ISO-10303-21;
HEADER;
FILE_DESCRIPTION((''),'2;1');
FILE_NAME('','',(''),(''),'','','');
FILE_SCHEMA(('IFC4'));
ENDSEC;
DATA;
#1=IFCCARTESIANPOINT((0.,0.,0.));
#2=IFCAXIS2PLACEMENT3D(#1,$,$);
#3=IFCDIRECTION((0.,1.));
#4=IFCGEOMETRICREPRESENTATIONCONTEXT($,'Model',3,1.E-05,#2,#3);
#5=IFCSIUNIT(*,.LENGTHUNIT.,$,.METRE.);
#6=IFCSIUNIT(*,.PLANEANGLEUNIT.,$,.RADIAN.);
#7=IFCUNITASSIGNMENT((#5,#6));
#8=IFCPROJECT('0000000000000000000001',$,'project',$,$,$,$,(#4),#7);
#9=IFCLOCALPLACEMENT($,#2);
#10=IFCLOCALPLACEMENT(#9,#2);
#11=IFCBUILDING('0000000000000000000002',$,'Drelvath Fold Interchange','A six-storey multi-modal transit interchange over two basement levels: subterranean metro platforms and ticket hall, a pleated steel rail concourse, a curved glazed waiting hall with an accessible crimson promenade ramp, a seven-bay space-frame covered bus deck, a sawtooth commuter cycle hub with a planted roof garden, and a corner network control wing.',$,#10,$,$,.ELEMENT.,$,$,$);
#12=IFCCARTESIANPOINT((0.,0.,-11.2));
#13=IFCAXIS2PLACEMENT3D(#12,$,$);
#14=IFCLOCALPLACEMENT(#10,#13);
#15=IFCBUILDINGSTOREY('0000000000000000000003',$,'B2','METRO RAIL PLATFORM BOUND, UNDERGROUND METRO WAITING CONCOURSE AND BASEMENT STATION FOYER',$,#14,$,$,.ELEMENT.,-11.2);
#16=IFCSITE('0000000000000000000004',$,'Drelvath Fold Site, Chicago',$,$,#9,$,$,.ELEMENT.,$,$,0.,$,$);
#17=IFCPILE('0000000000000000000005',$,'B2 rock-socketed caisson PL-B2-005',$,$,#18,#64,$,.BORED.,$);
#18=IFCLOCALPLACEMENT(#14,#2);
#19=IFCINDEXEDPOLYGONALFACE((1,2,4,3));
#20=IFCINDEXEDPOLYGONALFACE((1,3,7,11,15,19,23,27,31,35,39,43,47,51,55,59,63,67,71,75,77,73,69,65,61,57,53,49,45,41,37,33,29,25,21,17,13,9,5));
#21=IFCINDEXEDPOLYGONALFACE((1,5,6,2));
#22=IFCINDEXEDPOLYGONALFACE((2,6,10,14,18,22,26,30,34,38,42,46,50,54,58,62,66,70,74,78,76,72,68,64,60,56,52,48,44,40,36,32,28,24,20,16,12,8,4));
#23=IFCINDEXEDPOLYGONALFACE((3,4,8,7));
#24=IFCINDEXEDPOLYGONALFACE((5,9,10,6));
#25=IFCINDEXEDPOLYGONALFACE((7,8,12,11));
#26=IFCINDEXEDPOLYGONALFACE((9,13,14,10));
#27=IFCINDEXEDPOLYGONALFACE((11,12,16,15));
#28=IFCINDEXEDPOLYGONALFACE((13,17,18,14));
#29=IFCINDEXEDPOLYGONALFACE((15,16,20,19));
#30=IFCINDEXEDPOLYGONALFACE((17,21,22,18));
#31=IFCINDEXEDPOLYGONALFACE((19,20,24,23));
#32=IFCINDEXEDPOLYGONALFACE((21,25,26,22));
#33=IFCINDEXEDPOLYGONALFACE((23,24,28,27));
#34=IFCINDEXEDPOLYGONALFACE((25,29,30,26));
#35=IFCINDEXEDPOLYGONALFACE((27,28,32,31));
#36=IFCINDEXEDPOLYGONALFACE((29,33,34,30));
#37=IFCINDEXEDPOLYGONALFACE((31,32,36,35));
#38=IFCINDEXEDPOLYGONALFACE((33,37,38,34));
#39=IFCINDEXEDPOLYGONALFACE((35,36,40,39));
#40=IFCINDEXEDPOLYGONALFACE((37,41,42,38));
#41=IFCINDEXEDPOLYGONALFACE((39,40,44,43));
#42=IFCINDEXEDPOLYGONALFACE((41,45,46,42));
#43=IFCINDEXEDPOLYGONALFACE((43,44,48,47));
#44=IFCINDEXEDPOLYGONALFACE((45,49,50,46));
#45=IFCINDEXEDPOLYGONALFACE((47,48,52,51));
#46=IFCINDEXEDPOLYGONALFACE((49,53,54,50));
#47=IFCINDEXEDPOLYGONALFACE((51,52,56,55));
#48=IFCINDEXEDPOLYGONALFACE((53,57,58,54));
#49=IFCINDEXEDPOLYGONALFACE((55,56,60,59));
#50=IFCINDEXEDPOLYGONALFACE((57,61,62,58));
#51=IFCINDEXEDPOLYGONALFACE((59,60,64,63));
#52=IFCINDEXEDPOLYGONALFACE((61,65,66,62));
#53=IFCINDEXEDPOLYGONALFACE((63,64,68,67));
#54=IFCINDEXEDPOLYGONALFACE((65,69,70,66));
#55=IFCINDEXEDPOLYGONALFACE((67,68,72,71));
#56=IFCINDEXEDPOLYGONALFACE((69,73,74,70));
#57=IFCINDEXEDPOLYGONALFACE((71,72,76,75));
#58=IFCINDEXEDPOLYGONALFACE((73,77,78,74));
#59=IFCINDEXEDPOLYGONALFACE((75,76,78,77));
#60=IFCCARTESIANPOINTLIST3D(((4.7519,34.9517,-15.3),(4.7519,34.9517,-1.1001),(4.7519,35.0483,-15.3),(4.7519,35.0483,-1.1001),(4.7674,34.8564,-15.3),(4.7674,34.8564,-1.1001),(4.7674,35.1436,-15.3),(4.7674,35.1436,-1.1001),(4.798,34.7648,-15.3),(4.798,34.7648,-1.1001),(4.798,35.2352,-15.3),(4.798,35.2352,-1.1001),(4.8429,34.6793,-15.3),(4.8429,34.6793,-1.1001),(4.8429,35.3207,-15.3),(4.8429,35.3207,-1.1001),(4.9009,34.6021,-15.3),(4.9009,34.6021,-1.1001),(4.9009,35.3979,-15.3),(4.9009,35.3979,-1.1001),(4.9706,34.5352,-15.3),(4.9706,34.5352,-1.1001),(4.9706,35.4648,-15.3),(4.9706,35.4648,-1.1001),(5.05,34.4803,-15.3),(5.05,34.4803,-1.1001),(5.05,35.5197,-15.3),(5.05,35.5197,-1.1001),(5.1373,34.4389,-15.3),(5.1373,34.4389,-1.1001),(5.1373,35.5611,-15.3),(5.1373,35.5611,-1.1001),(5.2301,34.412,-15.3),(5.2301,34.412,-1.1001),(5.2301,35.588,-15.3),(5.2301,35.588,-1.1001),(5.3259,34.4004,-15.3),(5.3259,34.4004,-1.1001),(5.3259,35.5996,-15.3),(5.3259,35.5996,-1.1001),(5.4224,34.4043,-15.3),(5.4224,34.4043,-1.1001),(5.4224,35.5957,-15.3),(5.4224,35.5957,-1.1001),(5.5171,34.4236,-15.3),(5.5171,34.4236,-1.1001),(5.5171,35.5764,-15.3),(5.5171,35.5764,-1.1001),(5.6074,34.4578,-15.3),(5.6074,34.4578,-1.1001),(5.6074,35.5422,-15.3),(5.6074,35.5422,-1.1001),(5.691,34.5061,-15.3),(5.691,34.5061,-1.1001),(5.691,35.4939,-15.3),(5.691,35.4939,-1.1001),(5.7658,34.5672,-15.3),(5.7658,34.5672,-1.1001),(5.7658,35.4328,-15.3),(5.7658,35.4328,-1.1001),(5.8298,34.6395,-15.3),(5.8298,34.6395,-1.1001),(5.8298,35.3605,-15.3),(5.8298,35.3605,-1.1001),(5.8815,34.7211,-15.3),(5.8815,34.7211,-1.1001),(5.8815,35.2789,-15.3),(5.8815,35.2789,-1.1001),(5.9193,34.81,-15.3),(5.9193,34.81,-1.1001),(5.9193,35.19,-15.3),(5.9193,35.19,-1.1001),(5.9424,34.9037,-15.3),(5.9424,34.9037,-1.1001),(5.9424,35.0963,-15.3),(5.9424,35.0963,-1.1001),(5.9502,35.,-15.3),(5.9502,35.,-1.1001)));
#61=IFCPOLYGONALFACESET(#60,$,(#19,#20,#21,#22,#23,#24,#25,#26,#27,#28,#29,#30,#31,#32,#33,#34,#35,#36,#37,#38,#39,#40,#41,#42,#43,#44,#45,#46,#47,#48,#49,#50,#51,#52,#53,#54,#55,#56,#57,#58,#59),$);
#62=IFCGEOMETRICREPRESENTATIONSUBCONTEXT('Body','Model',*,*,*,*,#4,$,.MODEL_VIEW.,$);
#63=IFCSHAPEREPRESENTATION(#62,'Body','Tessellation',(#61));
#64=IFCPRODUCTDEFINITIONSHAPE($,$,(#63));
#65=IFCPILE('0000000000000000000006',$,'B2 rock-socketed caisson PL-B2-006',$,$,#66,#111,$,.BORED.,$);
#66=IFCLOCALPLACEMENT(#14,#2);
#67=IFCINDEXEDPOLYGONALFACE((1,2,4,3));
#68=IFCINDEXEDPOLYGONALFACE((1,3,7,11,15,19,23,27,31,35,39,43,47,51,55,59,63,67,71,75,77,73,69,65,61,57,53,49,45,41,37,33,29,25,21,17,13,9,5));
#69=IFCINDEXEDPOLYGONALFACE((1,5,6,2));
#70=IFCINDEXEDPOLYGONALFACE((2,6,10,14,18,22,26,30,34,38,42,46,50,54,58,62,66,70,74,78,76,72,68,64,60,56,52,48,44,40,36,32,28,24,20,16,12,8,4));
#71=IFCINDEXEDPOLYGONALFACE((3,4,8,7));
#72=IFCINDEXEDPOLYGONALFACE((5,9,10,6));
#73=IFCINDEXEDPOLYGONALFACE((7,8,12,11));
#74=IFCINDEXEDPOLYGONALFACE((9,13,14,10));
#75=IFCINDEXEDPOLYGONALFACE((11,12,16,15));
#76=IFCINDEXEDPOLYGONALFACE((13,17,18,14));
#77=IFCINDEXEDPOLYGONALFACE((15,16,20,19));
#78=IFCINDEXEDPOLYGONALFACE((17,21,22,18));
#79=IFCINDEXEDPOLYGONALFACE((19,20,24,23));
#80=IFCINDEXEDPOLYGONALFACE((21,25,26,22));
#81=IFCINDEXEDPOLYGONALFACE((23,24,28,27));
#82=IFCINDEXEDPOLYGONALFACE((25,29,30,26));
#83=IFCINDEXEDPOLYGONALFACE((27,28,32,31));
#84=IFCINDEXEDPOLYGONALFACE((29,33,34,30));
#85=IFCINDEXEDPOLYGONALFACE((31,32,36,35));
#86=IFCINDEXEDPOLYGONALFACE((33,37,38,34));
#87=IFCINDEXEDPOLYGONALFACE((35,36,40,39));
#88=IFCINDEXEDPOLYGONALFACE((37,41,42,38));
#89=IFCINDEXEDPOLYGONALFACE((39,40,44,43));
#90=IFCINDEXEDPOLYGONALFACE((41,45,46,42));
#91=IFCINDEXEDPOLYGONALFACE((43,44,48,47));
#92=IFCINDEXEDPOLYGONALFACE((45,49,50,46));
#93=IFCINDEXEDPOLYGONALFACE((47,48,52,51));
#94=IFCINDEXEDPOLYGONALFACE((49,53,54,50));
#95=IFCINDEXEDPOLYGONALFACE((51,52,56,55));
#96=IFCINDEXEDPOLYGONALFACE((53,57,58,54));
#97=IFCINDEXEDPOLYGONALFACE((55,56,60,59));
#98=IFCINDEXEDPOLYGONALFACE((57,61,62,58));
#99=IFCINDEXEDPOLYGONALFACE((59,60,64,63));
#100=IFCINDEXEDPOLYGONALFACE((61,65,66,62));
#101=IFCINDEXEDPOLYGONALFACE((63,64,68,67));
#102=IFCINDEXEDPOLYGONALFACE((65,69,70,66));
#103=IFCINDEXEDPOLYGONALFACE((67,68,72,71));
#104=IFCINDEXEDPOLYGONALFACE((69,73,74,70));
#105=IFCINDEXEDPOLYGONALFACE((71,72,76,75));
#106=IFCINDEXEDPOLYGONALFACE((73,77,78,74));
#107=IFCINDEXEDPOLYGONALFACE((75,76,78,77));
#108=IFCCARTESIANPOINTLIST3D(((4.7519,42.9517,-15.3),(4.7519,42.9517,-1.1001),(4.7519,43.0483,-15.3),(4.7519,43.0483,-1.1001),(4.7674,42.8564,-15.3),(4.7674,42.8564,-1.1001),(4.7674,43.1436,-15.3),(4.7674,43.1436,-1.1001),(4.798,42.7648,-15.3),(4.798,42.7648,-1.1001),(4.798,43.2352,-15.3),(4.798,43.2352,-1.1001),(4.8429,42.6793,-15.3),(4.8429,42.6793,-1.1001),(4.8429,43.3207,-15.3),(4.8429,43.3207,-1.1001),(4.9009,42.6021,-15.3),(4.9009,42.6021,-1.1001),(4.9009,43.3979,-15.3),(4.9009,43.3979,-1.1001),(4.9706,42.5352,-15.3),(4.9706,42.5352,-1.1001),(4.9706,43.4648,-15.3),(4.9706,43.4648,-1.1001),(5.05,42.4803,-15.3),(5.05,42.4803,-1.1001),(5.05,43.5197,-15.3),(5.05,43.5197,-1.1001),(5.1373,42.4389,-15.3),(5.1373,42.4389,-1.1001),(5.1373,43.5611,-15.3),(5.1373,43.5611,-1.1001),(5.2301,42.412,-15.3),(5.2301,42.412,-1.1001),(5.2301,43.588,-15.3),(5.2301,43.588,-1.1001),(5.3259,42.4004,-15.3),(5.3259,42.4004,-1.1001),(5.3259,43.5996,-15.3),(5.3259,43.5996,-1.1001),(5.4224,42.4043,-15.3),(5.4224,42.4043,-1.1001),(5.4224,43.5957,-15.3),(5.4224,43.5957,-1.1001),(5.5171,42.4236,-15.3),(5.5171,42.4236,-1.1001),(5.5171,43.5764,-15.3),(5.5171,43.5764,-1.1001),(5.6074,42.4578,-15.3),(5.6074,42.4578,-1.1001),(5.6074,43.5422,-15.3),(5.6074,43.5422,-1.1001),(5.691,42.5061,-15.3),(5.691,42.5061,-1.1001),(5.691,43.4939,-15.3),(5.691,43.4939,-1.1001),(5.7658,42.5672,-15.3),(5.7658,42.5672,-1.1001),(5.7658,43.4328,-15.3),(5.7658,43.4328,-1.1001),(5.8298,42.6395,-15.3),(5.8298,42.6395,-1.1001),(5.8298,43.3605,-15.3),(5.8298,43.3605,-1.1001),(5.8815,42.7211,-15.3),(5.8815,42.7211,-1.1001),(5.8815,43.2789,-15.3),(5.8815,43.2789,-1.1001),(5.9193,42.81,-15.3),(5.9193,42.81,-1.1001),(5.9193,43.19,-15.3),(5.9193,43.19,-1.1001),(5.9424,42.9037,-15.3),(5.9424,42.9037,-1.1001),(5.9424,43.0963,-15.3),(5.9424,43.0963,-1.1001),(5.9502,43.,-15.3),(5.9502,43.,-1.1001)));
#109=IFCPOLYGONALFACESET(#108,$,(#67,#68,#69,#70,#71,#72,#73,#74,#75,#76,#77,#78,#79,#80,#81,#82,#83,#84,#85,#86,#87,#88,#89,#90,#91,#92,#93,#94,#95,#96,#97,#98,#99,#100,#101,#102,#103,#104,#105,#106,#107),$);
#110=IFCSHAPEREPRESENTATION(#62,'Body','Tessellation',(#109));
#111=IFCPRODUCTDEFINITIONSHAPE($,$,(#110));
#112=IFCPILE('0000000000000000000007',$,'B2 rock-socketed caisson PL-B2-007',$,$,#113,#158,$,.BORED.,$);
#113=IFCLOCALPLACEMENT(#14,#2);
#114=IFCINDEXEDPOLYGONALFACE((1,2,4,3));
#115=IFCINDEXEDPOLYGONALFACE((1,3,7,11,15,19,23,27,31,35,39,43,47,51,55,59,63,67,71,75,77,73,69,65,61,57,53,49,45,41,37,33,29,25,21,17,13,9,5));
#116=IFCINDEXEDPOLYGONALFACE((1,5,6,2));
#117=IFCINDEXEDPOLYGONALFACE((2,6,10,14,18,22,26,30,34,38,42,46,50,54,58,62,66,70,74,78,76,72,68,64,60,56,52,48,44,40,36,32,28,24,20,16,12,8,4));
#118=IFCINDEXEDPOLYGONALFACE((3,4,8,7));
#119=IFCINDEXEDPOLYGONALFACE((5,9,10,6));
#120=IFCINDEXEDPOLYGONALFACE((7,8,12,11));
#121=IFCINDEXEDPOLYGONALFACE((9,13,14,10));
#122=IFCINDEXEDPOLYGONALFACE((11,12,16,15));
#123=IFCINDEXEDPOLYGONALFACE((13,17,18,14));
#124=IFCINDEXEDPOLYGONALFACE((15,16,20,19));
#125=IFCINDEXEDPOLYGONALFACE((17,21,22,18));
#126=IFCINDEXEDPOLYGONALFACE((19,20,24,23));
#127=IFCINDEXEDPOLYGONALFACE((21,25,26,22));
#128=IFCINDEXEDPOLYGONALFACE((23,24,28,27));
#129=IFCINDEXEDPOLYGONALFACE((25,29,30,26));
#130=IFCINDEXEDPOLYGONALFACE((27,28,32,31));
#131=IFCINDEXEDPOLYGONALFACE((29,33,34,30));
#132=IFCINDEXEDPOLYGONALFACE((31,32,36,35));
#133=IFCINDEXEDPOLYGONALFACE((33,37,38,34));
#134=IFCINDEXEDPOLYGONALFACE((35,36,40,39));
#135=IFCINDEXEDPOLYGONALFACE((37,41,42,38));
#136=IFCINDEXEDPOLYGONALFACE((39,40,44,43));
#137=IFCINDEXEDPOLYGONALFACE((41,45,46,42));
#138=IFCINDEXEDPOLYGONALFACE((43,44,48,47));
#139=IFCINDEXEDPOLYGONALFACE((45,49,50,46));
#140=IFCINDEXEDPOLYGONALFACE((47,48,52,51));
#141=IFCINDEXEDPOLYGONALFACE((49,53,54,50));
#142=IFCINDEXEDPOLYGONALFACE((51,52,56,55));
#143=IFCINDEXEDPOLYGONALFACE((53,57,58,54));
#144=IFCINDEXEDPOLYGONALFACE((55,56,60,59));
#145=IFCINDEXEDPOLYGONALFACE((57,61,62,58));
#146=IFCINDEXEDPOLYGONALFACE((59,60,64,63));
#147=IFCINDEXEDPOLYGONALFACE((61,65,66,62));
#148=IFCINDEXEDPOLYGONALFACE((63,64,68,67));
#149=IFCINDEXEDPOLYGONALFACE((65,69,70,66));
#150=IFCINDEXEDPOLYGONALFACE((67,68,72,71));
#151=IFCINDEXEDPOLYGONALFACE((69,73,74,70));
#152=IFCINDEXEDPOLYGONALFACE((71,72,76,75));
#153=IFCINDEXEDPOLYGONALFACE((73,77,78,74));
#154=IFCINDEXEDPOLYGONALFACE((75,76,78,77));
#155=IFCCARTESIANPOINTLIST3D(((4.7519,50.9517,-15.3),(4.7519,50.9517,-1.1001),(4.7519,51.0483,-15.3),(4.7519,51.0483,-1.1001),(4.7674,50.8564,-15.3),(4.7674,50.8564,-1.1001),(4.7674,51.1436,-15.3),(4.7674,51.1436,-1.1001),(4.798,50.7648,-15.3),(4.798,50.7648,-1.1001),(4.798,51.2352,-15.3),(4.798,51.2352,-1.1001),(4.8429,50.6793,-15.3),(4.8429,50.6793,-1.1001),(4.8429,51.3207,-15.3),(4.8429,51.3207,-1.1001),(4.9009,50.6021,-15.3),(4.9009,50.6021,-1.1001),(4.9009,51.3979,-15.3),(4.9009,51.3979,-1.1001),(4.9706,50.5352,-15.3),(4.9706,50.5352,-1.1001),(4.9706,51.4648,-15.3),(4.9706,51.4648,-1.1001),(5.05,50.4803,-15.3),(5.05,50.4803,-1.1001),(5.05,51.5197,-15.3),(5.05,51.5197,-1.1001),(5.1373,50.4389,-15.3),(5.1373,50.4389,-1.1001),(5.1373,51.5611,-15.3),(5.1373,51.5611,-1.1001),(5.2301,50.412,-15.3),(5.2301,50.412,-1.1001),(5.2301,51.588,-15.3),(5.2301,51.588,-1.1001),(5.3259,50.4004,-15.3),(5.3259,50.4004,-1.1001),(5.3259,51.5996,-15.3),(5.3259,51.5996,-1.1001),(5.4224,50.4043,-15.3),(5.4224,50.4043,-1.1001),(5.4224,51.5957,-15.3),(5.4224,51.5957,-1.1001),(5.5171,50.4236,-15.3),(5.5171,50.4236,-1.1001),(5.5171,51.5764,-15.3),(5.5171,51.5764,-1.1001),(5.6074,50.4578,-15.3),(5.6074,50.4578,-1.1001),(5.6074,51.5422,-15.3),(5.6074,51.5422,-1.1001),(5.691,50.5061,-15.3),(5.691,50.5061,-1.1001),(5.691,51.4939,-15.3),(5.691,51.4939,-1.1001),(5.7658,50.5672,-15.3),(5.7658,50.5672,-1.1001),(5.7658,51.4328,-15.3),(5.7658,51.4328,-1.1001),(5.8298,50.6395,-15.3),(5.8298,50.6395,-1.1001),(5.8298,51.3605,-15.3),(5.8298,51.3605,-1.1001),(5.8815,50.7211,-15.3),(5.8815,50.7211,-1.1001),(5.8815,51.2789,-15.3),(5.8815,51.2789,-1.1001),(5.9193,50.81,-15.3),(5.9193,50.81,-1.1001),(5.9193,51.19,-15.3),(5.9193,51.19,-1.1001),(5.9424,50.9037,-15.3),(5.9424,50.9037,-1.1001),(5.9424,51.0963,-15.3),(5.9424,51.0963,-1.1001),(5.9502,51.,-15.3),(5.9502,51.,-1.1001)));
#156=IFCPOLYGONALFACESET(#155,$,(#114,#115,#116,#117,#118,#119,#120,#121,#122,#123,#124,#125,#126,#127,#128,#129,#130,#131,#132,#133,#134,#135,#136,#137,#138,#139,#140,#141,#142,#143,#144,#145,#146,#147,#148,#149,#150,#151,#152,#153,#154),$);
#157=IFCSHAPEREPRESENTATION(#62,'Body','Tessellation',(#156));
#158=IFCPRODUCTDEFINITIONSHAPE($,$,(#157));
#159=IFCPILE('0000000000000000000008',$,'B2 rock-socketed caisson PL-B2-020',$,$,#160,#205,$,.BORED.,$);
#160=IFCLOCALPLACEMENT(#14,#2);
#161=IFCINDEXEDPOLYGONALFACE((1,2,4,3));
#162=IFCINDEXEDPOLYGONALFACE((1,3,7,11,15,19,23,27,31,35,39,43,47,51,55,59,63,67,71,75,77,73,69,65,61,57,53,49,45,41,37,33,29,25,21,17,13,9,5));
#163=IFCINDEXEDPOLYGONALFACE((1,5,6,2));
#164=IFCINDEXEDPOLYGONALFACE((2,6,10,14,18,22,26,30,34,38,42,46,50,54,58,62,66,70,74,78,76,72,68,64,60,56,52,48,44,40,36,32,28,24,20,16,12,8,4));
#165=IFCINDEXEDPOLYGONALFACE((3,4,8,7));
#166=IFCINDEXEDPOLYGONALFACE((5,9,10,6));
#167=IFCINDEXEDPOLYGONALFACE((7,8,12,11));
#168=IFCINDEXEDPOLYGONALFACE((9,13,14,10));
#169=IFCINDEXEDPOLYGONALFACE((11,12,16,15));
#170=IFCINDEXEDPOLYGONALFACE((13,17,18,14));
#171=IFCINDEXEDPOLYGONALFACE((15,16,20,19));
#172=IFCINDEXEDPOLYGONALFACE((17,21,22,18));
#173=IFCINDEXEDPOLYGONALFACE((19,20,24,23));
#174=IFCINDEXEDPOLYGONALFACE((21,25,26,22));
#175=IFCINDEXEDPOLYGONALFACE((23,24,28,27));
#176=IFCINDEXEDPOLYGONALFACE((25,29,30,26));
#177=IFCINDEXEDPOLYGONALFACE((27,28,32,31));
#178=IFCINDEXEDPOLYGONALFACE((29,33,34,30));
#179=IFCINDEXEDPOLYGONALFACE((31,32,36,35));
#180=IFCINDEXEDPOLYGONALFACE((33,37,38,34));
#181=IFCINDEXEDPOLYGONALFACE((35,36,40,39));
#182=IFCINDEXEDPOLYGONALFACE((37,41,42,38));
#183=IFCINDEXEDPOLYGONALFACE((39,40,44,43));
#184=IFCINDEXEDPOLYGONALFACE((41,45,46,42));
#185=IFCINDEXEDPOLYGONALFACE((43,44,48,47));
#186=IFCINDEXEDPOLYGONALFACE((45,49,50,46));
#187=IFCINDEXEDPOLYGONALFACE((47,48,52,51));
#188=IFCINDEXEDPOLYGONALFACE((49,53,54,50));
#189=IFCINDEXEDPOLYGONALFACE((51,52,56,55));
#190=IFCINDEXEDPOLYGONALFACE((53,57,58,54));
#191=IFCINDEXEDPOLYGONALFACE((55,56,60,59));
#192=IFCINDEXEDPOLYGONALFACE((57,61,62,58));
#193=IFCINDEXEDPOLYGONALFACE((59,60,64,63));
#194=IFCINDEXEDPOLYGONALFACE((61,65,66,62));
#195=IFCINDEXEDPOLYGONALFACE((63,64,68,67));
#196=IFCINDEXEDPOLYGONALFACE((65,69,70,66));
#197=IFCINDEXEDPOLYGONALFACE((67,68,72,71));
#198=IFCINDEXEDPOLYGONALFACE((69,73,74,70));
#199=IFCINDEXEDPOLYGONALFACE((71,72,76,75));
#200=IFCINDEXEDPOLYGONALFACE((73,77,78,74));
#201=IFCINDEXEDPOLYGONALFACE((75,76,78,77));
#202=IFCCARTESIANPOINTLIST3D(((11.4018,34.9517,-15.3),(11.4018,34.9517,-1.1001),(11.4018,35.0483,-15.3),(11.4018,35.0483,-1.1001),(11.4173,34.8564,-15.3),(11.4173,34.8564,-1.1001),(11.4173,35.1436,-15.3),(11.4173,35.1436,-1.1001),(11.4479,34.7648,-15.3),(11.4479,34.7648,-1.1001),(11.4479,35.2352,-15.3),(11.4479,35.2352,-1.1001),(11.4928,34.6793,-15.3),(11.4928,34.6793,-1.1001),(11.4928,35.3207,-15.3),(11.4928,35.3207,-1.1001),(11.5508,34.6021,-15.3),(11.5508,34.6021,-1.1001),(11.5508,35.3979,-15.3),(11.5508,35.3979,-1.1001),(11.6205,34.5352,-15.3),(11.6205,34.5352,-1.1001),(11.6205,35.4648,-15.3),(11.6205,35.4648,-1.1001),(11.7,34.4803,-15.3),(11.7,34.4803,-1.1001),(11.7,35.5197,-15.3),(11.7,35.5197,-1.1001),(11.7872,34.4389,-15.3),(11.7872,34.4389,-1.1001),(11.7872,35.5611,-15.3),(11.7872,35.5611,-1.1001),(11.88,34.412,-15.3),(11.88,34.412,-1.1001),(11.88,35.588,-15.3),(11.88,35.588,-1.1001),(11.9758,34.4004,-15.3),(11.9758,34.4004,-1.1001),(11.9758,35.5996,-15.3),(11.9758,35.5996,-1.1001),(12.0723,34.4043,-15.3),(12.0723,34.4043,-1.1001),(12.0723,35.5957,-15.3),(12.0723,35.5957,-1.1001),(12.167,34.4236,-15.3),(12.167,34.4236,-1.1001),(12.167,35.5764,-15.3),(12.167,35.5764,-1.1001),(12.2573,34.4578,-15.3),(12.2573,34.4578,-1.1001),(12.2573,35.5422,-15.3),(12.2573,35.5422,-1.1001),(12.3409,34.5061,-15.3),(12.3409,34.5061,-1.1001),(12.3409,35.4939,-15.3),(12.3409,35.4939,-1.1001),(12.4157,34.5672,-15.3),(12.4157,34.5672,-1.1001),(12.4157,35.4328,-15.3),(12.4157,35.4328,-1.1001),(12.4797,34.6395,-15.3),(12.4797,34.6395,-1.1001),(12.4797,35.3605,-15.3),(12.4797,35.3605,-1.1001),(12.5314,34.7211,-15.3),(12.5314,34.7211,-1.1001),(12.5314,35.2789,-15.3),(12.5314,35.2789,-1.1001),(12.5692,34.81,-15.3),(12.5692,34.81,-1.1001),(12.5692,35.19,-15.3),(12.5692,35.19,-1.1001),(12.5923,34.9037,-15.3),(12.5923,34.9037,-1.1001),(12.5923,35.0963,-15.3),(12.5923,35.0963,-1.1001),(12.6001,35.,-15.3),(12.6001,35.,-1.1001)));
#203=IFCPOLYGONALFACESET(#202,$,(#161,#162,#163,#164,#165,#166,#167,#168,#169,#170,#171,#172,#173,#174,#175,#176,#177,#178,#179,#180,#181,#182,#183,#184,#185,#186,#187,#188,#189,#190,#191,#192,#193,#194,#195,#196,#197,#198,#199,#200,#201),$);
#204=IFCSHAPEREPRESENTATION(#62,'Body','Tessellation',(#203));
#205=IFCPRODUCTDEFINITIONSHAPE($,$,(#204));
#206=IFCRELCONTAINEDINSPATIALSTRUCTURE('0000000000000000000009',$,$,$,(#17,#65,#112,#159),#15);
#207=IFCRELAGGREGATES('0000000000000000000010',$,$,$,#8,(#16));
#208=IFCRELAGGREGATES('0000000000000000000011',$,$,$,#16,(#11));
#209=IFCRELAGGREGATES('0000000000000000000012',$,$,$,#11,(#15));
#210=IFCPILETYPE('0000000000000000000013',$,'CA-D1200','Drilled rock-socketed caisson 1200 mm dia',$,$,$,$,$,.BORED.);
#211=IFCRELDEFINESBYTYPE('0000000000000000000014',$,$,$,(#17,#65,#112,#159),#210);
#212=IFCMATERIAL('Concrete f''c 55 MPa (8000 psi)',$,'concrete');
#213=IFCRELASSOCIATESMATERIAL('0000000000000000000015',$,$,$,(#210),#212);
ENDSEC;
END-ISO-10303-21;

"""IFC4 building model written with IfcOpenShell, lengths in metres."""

from ifc_helpers import new_model, si_unit, direction, frame, origin, origin_2d, place, context, subcontext, project, spatial, circle, extrude, material, material_profile, profile_set, type_object, element, save


model = new_model("IFC4")

# Units and contexts
model_context = context("Model", 3, precision=1e-05, world=origin(), true_north=direction((0.0, 1.0)))
body_context = subcontext(model_context, "Body", "Model", "MODEL_VIEW")
ifc_project = project(units=[si_unit("LENGTHUNIT", "METRE"), si_unit("PLANEANGLEUNIT", "RADIAN")], contexts=[model_context])

# Site, building, storey
site_placement = place(None, origin())
site = spatial("IfcSite", under=ifc_project, at=site_placement, Name="Drelvath Fold Site, Chicago", CompositionType="ELEMENT", RefElevation=0.0)
building_placement = place(site_placement, origin())
building = spatial("IfcBuilding", under=site, at=building_placement, Name="Drelvath Fold Interchange", Description="A six-storey multi-modal transit interchange over two basement levels: subterranean metro platforms and ticket hall, a pleated steel rail concourse, a curved glazed waiting hall with an accessible crimson promenade ramp, a seven-bay space-frame covered bus deck, a sawtooth commuter cycle hub with a planted roof garden, and a corner network control wing.", CompositionType="ELEMENT")
storey_placement = place(building_placement, frame((0.0, 0.0, -11.2)))
storey = spatial("IfcBuildingStorey", under=building, at=storey_placement, Name="B2", Description="METRO RAIL PLATFORM BOUND, UNDERGROUND METRO WAITING CONCOURSE AND BASEMENT STATION FOYER", CompositionType="ELEMENT", Elevation=-11.2)

# Piles
ifc_material_1 = material(Name="Concrete f'c 55 MPa (8000 psi)", Category="concrete")
ifc_material_profile_1 = material_profile(ifc_material_1, circle(Radius=0.6001, at=origin_2d()), Name="CAISSON D1200")
ifc_profile_set_1 = profile_set([ifc_material_profile_1], Name="Concrete f'c 55 MPa (8000 psi)")
pile_type = type_object("IfcPileType", Name="CA-D1200", Description="Drilled rock-socketed caisson 1200 mm dia", PredefinedType="BORED", material=ifc_profile_set_1)
for number, where, z_axis, x_axis, name in (
    (1, (5.3501, 35.0, -1.1001), (0.0, 0.0, -1.0), (1.0, 0.0, 0.0), "B2 rock-socketed caisson PL-B2-005"),
    (2, (5.3501, 43.0, -1.1001), (0.0, 0.0, -1.0), (1.0, 0.0, 0.0), "B2 rock-socketed caisson PL-B2-006"),
    (3, (5.3501, 51.0, -1.1001), (0.0, 0.0, -1.0), (1.0, 0.0, 0.0), "B2 rock-socketed caisson PL-B2-007"),
    (4, (12.0, 35.0, -1.1001), (0.0, 0.0, -1.0), (1.0, 0.0, 0.0), "B2 rock-socketed caisson PL-B2-020"),
):
    element("IfcPile", number, at=place(storey_placement, frame(where, z_axis=z_axis, x_axis=x_axis)), inside=storey, type_object=pile_type, Name=name, PredefinedType="BORED", context=body_context, shape_type="SweptSolid", body=[
        extrude(circle(Radius=0.6001, at=origin_2d()), origin(), (0.0, 0.0, 1.0), 14.2),
    ])

save(model, "model.ifc")
